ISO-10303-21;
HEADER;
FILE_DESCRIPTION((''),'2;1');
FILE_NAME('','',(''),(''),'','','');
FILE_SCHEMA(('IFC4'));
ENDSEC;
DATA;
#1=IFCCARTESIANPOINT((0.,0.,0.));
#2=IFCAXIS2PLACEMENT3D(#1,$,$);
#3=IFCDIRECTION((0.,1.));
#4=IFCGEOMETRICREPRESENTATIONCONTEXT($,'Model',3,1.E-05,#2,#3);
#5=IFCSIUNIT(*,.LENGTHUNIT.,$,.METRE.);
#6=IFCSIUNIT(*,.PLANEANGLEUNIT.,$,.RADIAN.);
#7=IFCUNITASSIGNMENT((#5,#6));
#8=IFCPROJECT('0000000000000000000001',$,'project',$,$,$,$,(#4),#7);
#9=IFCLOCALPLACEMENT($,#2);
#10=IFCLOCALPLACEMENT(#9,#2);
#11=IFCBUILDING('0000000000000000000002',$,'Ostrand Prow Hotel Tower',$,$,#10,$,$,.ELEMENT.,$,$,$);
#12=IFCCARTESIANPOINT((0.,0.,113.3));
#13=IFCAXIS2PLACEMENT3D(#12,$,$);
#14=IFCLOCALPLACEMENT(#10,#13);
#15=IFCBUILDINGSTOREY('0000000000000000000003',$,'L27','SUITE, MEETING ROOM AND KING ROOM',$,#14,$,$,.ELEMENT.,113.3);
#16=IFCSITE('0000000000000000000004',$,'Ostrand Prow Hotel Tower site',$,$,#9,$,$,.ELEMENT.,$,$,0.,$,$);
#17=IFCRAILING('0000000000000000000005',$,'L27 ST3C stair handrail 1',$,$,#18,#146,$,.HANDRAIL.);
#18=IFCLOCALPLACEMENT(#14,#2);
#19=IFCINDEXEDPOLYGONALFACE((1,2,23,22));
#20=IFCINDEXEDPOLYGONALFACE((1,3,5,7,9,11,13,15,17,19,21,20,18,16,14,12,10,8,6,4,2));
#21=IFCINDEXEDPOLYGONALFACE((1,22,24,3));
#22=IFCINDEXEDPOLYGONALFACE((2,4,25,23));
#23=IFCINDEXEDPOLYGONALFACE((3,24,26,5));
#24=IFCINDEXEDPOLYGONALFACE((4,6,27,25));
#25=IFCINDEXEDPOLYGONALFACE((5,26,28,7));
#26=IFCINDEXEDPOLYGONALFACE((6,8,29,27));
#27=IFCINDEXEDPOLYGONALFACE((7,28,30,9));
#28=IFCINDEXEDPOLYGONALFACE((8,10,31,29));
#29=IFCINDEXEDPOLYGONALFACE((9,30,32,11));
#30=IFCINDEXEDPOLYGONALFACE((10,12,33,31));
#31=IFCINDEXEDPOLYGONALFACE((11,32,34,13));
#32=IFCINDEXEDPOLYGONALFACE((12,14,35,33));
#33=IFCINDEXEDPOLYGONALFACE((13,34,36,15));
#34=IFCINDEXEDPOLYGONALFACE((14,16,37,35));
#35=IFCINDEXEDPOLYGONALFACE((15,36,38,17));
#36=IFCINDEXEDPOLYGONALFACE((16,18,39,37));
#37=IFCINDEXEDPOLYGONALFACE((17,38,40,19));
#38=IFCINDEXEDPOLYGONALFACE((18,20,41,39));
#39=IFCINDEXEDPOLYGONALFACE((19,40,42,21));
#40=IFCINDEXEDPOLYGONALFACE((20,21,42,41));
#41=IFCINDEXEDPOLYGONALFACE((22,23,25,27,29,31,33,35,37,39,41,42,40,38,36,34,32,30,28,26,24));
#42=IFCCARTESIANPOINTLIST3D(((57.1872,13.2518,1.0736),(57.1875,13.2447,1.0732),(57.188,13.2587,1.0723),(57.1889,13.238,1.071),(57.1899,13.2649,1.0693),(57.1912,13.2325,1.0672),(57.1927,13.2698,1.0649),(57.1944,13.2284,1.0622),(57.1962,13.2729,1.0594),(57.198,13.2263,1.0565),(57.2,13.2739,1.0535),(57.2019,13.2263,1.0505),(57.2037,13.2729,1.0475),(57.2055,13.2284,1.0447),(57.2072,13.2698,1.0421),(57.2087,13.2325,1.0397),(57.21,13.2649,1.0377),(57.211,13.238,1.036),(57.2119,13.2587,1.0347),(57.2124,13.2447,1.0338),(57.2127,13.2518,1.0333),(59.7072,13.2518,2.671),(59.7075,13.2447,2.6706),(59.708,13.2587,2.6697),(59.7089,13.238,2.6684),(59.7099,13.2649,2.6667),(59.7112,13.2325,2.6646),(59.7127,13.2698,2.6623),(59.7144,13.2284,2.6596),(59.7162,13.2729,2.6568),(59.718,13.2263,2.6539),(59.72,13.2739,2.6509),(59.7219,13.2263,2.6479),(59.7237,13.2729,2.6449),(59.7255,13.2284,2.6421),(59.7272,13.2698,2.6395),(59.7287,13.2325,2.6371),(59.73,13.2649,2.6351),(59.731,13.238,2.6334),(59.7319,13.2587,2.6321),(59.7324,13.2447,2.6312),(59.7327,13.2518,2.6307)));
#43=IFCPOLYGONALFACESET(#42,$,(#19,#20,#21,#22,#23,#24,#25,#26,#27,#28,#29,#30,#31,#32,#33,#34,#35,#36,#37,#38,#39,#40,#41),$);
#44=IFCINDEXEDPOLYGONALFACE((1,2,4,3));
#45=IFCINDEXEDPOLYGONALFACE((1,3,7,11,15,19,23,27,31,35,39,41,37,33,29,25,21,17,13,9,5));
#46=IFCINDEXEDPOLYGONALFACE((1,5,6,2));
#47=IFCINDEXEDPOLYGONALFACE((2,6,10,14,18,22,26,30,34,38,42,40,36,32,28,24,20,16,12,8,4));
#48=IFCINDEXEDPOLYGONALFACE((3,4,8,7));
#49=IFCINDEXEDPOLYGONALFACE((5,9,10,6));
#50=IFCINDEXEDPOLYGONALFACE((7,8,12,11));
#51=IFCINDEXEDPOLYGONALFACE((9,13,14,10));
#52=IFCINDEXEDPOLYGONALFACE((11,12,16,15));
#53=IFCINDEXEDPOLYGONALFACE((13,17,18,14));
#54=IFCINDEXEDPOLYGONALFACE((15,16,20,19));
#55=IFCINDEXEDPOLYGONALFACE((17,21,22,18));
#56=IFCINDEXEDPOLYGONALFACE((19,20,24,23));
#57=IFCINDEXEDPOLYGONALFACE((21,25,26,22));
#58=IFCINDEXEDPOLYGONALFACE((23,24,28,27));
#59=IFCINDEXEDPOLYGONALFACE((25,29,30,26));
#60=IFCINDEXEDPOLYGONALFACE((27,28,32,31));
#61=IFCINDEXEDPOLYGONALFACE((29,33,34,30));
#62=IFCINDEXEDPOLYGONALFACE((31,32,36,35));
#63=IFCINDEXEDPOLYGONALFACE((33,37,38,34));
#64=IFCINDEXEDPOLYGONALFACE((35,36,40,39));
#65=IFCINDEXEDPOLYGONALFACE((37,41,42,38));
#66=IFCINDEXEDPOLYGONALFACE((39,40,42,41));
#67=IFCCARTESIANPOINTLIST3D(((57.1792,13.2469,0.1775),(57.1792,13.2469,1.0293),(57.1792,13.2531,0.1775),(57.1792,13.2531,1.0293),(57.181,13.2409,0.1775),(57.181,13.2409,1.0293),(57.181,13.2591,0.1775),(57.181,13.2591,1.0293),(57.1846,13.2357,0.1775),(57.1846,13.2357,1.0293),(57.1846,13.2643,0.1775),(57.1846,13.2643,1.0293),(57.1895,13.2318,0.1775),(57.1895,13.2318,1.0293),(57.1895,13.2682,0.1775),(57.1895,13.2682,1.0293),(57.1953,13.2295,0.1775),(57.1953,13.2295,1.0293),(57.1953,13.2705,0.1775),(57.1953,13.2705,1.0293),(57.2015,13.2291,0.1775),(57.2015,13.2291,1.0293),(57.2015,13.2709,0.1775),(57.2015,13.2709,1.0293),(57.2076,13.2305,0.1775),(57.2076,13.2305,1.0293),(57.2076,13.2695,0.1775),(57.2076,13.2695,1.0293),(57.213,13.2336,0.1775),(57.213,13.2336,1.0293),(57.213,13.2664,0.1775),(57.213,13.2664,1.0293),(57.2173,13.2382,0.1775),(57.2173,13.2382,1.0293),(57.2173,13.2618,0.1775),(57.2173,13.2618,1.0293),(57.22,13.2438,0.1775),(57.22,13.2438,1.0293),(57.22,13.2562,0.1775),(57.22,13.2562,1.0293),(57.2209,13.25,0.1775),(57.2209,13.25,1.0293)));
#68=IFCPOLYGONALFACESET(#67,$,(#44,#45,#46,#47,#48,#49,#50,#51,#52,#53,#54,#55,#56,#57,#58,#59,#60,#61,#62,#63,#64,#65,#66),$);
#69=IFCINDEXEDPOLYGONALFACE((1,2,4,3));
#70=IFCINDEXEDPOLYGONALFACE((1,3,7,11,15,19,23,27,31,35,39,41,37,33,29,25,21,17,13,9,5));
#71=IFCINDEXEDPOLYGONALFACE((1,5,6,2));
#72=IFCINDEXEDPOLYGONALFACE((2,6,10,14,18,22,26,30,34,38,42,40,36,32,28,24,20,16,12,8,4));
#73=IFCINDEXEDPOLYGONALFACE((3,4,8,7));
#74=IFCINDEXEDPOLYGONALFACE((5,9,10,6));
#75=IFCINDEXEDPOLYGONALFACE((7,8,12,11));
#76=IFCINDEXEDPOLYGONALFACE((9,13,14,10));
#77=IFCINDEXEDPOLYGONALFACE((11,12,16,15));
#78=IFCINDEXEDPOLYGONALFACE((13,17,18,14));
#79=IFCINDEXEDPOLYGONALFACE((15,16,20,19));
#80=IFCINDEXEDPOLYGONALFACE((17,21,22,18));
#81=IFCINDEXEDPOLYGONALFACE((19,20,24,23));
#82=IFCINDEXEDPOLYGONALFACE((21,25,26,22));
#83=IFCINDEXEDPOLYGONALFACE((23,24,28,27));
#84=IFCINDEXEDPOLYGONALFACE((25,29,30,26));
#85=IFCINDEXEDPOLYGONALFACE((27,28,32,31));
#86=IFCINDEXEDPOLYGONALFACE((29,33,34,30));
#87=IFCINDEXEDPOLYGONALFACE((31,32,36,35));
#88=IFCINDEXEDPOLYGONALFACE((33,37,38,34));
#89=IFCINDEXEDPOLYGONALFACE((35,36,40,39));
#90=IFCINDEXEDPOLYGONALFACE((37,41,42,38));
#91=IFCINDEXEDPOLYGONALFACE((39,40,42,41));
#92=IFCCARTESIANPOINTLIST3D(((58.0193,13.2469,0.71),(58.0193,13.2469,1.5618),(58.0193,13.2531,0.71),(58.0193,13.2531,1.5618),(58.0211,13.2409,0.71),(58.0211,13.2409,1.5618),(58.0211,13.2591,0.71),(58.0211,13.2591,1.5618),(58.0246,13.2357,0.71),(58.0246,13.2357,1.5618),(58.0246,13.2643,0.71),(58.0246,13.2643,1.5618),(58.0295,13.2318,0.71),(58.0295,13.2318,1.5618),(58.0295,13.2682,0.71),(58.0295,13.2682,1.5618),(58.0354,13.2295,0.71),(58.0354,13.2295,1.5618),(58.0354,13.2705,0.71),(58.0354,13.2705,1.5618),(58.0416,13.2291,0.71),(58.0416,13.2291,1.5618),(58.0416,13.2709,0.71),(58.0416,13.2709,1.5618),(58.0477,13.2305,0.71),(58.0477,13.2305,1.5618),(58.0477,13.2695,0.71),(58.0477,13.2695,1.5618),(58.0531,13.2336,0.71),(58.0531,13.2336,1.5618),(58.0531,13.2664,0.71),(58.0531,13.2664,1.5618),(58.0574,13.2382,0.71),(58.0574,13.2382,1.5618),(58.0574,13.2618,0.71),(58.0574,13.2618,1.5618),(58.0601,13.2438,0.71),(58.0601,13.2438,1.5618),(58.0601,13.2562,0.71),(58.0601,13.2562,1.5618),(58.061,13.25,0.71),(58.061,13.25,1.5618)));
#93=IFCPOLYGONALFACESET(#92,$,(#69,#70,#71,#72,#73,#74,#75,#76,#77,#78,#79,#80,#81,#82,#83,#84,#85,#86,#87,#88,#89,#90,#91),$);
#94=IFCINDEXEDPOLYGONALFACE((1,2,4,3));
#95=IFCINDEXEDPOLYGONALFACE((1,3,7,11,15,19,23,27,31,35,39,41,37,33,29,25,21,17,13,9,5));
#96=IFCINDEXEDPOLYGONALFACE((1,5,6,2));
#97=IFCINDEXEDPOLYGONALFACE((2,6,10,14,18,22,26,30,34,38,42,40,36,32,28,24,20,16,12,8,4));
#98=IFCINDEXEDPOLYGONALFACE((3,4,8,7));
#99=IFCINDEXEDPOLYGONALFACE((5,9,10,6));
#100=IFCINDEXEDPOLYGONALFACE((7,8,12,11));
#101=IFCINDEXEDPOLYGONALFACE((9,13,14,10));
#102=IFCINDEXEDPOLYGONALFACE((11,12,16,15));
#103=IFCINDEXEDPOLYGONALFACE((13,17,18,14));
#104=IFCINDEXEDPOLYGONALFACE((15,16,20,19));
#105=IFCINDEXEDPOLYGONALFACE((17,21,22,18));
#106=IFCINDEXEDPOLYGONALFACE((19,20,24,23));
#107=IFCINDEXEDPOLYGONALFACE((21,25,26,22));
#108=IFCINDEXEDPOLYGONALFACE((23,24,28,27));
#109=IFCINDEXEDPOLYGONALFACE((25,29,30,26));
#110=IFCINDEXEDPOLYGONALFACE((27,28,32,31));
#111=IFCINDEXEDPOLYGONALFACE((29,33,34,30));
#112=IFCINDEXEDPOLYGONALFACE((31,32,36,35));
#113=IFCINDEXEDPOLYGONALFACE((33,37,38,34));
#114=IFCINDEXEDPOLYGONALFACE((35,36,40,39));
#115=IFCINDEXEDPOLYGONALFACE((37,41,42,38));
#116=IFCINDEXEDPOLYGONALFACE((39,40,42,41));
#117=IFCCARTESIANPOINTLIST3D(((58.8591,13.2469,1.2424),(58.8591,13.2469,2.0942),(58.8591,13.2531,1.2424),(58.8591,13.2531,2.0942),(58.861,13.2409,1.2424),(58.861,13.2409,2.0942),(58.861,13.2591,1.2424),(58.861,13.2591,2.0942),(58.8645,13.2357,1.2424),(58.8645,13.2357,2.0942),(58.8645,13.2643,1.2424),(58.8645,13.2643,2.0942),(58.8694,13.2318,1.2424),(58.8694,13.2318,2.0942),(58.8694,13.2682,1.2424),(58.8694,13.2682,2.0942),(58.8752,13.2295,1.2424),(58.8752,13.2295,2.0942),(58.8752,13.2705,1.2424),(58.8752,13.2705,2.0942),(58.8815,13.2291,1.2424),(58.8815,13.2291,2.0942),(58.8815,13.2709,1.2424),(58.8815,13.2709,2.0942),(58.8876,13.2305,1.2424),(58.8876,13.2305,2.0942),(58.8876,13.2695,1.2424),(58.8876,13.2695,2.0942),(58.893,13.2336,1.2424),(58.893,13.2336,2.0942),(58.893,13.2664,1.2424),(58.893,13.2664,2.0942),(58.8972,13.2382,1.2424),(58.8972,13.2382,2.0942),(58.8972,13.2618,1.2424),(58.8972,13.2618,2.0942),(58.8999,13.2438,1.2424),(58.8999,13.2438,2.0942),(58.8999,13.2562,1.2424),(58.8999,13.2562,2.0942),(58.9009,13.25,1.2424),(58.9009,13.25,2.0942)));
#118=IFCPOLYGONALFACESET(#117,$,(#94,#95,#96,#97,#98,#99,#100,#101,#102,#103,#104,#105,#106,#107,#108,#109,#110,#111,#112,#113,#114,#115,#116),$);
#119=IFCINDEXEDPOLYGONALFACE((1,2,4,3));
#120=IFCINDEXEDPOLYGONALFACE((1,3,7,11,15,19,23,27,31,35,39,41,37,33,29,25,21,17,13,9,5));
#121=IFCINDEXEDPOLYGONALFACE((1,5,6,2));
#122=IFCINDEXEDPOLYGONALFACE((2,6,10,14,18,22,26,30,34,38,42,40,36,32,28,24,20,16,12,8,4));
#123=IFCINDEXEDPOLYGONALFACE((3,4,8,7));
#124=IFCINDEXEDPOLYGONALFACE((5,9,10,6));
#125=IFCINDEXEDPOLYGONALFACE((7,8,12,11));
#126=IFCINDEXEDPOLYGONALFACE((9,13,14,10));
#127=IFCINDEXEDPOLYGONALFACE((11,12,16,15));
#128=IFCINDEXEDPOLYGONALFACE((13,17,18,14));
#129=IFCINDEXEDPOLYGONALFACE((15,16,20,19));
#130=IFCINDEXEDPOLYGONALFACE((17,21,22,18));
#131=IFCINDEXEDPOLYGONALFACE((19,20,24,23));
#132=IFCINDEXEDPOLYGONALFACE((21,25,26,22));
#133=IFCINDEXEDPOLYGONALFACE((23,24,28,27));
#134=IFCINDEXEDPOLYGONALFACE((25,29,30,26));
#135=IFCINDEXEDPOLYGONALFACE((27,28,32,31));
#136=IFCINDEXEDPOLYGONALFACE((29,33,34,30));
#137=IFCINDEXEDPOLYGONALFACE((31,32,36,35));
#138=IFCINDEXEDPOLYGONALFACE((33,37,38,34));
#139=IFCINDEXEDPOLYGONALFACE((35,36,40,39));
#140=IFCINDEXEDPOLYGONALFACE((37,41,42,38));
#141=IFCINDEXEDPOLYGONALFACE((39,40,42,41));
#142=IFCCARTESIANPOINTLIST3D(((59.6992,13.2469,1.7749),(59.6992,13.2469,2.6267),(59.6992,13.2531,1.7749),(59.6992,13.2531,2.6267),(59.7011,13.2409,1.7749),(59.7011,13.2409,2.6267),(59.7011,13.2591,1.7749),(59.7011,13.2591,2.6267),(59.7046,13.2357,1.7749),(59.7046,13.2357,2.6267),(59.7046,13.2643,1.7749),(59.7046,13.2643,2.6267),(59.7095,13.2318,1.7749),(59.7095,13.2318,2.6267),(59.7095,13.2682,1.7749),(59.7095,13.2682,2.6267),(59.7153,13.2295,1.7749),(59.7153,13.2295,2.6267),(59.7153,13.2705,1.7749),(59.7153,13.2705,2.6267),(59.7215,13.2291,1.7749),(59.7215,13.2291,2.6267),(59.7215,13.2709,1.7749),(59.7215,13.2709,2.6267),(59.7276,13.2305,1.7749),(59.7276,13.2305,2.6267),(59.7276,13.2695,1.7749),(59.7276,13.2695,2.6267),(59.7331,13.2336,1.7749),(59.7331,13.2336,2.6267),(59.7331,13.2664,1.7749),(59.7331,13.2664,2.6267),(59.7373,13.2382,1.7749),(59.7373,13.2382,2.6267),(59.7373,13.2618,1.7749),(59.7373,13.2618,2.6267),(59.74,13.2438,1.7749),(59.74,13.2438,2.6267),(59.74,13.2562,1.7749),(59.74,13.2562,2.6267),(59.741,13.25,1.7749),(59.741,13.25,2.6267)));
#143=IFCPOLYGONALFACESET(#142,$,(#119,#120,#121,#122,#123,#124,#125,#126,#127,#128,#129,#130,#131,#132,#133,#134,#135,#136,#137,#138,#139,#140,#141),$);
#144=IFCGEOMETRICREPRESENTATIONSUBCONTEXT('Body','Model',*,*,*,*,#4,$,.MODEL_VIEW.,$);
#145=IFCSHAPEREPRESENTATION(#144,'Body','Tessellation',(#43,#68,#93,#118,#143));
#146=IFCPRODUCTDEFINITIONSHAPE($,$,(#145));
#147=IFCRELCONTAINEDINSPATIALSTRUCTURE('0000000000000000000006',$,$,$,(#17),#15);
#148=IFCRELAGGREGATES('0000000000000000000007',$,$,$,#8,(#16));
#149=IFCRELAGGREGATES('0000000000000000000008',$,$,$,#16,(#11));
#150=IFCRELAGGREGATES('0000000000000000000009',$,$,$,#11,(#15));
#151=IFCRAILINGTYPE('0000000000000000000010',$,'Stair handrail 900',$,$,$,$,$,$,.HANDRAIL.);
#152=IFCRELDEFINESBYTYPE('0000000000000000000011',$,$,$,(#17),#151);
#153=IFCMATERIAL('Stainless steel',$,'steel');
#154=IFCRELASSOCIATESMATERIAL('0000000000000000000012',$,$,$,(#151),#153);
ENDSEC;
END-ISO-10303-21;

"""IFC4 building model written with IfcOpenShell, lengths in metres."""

from ifc_helpers import new_model, si_unit, direction, frame, origin, origin_2d, place, context, subcontext, project, spatial, circle, extrude, material, type_object, element, save


model = new_model("IFC4")

# Units and contexts
model_context = context("Model", 3, precision=1e-05, world=origin(), true_north=direction((0.0, 1.0)))
body_context = subcontext(model_context, "Body", "Model", "MODEL_VIEW")
ifc_project = project(units=[si_unit("LENGTHUNIT", "METRE"), si_unit("PLANEANGLEUNIT", "RADIAN")], contexts=[model_context])

# Site, building, storey
site_placement = place(None, origin())
site = spatial("IfcSite", under=ifc_project, at=site_placement, Name="Ostrand Prow Hotel Tower site", CompositionType="ELEMENT", RefElevation=0.0)
building_placement = place(site_placement, origin())
building = spatial("IfcBuilding", under=site, at=building_placement, Name="Ostrand Prow Hotel Tower", CompositionType="ELEMENT")
storey_placement = place(building_placement, frame((0.0, 0.0, 113.3)))
storey = spatial("IfcBuildingStorey", under=building, at=storey_placement, Name="L27", Description="SUITE, MEETING ROOM AND KING ROOM", CompositionType="ELEMENT", Elevation=113.3)

# Railing
ifc_material_1 = material(Name="Stainless steel", Category="steel")
railing_type_1 = type_object("IfcRailingType", Name="Stair handrail 900", PredefinedType="HANDRAIL", material=ifc_material_1)
railing_1_placement = place(storey_placement, frame((57.2, 13.25, 0.1775)))
element("IfcRailing", 1, at=railing_1_placement, inside=storey, type_object=railing_type_1, Name="L27 ST3C stair handrail 1", PredefinedType="HANDRAIL", context=body_context, shape_type="SweptSolid", body=[
    extrude(circle(Radius=0.0239, at=origin_2d()), frame((0.0, 0.0, 0.876), z_axis=(0.844607, 0.0, 0.535387), x_axis=(0.0, 1.0, 0.0)), (0.0, 0.0, 1.0), 2.9836),
    extrude(circle(Radius=0.021, at=origin_2d()), origin(), (0.0, 0.0, 1.0), 0.8518),
    extrude(circle(Radius=0.021, at=origin_2d()), frame((0.8401, 0.0, 0.5325)), (0.0, 0.0, 1.0), 0.8518),
    extrude(circle(Radius=0.021, at=origin_2d()), frame((1.6799, 0.0, 1.0649)), (0.0, 0.0, 1.0), 0.8518),
    extrude(circle(Radius=0.021, at=origin_2d()), frame((2.52, 0.0, 1.5974)), (0.0, 0.0, 1.0), 0.8518),
])

save(model, "model.ifc")
